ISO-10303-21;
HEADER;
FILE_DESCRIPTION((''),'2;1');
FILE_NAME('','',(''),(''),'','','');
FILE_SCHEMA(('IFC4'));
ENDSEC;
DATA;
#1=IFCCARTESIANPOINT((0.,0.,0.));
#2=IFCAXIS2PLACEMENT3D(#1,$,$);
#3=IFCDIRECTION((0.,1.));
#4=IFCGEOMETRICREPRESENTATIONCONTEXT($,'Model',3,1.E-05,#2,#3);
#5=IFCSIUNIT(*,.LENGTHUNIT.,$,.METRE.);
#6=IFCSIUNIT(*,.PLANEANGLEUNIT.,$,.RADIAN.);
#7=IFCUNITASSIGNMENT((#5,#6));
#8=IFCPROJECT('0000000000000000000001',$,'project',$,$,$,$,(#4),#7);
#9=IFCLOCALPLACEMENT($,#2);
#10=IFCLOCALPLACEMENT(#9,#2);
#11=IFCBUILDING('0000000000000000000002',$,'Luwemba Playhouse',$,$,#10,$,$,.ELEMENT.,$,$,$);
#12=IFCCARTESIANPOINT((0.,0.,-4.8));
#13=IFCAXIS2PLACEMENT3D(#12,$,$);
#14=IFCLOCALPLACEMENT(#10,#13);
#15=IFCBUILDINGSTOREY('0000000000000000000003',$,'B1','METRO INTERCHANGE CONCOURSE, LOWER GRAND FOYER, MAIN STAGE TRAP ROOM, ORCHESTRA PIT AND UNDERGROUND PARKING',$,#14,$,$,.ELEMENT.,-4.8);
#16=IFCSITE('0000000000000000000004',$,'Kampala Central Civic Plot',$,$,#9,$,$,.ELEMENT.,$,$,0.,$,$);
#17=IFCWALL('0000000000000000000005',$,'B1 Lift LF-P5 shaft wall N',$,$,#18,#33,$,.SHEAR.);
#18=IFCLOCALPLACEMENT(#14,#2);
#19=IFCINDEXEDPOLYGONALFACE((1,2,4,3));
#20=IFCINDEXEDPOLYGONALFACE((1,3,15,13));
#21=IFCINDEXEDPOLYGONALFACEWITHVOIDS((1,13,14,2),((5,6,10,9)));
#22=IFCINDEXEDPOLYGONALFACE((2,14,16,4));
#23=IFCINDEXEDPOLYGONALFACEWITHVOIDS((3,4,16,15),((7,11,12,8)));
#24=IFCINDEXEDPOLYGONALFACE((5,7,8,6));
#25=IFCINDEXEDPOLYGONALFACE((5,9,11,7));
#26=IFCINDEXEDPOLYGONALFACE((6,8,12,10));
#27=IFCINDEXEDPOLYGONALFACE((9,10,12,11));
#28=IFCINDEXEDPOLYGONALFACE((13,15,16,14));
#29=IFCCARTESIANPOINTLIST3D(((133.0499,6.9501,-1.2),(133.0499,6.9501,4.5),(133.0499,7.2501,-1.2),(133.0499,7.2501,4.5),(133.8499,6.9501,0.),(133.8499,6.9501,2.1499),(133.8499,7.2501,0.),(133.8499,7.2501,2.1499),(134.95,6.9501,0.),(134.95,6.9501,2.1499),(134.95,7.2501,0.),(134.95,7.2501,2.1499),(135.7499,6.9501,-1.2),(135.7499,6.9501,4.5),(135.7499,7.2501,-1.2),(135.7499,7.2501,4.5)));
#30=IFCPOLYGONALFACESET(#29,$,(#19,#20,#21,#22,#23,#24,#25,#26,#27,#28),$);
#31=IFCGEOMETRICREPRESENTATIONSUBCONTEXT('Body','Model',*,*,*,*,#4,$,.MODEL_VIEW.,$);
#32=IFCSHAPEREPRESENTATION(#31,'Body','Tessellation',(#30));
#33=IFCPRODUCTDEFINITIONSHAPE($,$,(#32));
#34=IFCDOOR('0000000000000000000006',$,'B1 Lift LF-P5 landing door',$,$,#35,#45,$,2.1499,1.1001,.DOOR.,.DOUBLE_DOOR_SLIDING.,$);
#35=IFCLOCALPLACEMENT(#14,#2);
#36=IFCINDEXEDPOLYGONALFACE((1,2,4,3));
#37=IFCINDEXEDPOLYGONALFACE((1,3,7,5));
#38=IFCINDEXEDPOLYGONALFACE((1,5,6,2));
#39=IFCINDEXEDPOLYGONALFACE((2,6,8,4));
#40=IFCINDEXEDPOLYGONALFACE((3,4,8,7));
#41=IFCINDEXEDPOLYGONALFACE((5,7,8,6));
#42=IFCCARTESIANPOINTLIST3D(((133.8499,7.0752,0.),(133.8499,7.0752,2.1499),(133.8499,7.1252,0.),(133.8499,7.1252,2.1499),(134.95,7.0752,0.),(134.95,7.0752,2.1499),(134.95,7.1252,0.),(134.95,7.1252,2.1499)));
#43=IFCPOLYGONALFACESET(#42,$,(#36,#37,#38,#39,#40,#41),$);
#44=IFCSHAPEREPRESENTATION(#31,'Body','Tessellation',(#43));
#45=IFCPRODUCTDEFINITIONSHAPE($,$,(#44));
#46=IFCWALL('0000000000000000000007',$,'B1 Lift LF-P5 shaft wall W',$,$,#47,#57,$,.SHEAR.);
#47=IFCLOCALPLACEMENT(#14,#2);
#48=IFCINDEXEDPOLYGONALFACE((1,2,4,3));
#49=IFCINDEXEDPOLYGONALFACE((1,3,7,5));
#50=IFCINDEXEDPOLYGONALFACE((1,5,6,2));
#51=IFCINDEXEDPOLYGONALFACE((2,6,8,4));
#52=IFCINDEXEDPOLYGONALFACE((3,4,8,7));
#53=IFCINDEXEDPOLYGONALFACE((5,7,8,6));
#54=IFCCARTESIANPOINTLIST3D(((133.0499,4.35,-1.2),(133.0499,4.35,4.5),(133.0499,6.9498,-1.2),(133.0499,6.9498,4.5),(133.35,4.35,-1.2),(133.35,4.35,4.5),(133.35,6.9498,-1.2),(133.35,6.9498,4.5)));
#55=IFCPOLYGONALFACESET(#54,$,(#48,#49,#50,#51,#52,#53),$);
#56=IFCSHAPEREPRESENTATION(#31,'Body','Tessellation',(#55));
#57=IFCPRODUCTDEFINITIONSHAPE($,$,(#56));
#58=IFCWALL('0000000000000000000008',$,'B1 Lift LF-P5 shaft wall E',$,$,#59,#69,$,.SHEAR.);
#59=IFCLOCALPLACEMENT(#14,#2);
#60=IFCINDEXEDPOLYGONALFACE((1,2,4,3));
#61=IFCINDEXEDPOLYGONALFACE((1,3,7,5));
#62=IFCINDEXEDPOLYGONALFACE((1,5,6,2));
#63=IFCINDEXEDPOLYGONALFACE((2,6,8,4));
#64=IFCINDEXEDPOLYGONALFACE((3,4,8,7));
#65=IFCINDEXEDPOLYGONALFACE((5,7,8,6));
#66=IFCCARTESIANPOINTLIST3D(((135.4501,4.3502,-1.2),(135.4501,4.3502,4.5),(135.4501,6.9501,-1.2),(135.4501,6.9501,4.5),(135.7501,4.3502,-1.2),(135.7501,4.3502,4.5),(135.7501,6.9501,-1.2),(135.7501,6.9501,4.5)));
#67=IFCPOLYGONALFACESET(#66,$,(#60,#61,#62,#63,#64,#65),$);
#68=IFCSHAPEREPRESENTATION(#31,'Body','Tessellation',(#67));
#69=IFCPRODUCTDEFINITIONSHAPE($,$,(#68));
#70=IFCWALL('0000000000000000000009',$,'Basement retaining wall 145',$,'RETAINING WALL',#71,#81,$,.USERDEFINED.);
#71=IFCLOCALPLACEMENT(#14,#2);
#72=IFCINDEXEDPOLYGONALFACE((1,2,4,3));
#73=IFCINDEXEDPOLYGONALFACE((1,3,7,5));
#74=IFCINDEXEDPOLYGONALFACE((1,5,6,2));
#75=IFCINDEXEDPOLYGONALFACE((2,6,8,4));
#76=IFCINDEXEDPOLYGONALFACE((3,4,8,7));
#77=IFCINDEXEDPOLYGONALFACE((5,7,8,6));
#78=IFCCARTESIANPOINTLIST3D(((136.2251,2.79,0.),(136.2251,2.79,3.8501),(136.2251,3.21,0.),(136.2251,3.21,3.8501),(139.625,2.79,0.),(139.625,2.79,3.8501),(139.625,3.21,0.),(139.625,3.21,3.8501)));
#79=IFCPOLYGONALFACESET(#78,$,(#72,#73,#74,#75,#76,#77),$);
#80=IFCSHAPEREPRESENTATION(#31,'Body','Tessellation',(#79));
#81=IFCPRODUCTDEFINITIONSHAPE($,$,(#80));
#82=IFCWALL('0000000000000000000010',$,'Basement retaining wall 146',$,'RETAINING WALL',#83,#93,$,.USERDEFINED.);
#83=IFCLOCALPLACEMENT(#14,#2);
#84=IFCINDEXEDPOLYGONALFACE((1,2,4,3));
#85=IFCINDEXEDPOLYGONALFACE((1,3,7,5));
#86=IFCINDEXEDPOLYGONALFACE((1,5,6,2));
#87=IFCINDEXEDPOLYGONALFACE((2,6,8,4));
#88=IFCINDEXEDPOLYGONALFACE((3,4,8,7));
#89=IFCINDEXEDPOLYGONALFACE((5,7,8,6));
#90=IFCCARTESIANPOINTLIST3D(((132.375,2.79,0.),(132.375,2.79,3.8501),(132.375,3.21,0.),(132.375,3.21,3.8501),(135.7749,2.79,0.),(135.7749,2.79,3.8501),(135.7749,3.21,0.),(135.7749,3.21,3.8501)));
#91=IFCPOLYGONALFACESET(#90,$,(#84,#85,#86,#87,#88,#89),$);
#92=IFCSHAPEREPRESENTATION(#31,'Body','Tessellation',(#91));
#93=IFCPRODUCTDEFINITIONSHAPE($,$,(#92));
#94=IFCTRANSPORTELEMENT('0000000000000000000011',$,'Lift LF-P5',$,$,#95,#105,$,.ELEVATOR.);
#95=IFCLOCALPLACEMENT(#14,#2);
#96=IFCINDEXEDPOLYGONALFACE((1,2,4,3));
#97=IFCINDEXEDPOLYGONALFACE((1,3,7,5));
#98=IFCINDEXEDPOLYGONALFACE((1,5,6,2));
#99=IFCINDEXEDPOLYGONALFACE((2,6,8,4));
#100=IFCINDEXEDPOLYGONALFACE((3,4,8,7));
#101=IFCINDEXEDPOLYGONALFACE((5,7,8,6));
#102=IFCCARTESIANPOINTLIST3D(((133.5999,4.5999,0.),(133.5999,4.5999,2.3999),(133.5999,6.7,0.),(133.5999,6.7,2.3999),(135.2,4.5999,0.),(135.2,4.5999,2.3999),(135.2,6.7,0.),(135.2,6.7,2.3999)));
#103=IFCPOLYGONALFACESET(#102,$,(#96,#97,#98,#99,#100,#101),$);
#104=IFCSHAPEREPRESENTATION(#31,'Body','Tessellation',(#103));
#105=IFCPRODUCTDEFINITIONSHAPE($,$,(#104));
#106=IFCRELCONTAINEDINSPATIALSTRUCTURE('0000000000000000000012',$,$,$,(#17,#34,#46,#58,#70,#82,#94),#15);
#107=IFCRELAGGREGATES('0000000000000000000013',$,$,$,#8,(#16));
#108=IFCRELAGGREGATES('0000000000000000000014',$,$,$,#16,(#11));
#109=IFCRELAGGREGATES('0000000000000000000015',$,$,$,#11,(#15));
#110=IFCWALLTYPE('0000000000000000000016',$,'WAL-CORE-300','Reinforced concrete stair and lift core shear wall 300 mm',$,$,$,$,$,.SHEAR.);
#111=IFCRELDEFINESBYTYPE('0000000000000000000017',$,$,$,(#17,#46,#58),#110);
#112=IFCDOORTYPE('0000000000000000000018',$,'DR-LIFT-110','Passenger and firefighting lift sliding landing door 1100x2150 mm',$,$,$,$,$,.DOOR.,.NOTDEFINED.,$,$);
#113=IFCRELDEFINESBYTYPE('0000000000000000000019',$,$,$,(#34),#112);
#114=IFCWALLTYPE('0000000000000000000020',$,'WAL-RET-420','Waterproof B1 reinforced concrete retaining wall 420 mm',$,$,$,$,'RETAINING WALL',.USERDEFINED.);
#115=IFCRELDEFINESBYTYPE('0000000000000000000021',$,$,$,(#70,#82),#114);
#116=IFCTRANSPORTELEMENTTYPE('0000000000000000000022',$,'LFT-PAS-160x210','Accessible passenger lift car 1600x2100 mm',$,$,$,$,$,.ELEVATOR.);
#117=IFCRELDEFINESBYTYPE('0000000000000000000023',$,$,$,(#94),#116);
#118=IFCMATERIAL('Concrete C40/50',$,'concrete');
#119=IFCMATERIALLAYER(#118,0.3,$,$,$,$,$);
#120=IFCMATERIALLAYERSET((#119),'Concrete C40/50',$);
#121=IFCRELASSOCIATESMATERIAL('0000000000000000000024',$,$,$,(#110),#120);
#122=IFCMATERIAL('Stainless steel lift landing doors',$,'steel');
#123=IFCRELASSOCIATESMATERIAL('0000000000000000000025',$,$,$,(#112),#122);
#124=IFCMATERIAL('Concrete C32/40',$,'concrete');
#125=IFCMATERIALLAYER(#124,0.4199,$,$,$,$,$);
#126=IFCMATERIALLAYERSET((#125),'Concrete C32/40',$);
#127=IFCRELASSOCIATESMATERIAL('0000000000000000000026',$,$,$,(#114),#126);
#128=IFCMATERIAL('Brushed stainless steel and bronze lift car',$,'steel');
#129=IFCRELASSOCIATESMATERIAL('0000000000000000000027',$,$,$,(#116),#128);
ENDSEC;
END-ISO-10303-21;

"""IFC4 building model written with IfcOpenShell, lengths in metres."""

from ifc_helpers import new_model, si_unit, direction, frame, frame_2d, origin, origin_2d, place, context, subcontext, project, spatial, rectangle, extrude, material, layer, layer_set, type_object, element, fill, save


model = new_model("IFC4")

# Units and contexts
model_context = context("Model", 3, precision=1e-05, world=origin(), true_north=direction((0.0, 1.0)))
body_context = subcontext(model_context, "Body", "Model", "MODEL_VIEW")
ifc_project = project(units=[si_unit("LENGTHUNIT", "METRE"), si_unit("PLANEANGLEUNIT", "RADIAN")], contexts=[model_context])

# Site, building, storey
site_placement = place(None, origin())
site = spatial("IfcSite", under=ifc_project, at=site_placement, Name="Kampala Central Civic Plot", CompositionType="ELEMENT", RefElevation=0.0)
building_placement = place(site_placement, origin())
building = spatial("IfcBuilding", under=site, at=building_placement, Name="Luwemba Playhouse", CompositionType="ELEMENT")
storey_placement = place(building_placement, frame((0.0, 0.0, -4.8)))
storey = spatial("IfcBuildingStorey", under=building, at=storey_placement, Name="B1", Description="METRO INTERCHANGE CONCOURSE, LOWER GRAND FOYER, MAIN STAGE TRAP ROOM, ORCHESTRA PIT AND UNDERGROUND PARKING", CompositionType="ELEMENT", Elevation=-4.8)

# Shared definitions
ifc_material_1 = material(Name="Concrete C32/40", Category="concrete")

# Shared definitions
ifc_material_2 = material(Name="Concrete C40/50", Category="concrete")

# Shared definitions
ifc_layer_1 = layer(ifc_material_2, 0.3)
ifc_layer_set_1 = layer_set([ifc_layer_1], Name="Concrete C40/50")
wall_type_1 = type_object("IfcWallType", Name="WAL-CORE-300", Description="Reinforced concrete stair and lift core shear wall 300 mm", PredefinedType="SHEAR", material=ifc_layer_set_1)

# Wall, opening, door
wall_1_placement = place(storey_placement, frame((135.75, 7.1001, -1.2), z_axis=(0.0, 0.0, 1.0), x_axis=(-1.0, 0.0, 0.0)))
wall_1 = element("IfcWall", 1, at=wall_1_placement, inside=storey, type_object=wall_type_1, Name="B1 Lift LF-P5 shaft wall N", PredefinedType="SHEAR", context=body_context, shape_type="SweptSolid", body=[
    extrude(rectangle(XDim=2.7, YDim=0.3, at=frame_2d((1.3501, 0.0))), origin(), (0.0, 0.0, 1.0), 5.7),
])
opening_placement = place(wall_1_placement, frame((0.8, 0.0, 1.2)))
opening = element("IfcOpeningElement", 2, at=opening_placement, cuts=wall_1, PredefinedType="OPENING", context=body_context, shape_type="SweptSolid", body=[
    extrude(rectangle(XDim=1.1001, YDim=2.1499, at=frame_2d((0.55, 1.075))), frame((0.0, 0.1599, 0.0), z_axis=(0.0, -1.0, 0.0), x_axis=(1.0, 0.0, 0.0)), (0.0, 0.0, 1.0), 0.3201),
])
ifc_material_3 = material(Name="Stainless steel lift landing doors", Category="steel")
door_type = type_object("IfcDoorType", Name="DR-LIFT-110", Description="Passenger and firefighting lift sliding landing door 1100x2150 mm", OperationType="NOTDEFINED", PredefinedType="DOOR", material=ifc_material_3)
door_placement = place(opening_placement, origin())
door = element("IfcDoor", 3, at=door_placement, inside=storey, type_object=door_type, Name="B1 Lift LF-P5 landing door", OperationType="DOUBLE_DOOR_SLIDING", OverallHeight=2.1499, OverallWidth=1.1001, PredefinedType="DOOR", context=body_context, shape_type="SweptSolid", body=[
    extrude(rectangle(XDim=1.1001, YDim=2.1499, at=frame_2d((0.55, 1.075))), frame((0.0, 0.0249, 0.0), z_axis=(0.0, -1.0, 0.0), x_axis=(1.0, 0.0, 0.0)), (0.0, 0.0, 1.0), 0.05),
])
fill(opening, door)

# Walls
for number, where, z_axis, x_axis, name in (
    (4, (133.2, 4.3501, -1.2), (0.0, 0.0, 1.0), (0.0, 1.0, 0.0), "B1 Lift LF-P5 shaft wall W"),
    (5, (135.6001, 6.95, -1.2), (0.0, 0.0, 1.0), (0.0, -1.0, 0.0), "B1 Lift LF-P5 shaft wall E"),
):
    element("IfcWall", number, at=place(storey_placement, frame(where, z_axis=z_axis, x_axis=x_axis)), inside=storey, type_object=wall_type_1, Name=name, PredefinedType="SHEAR", context=body_context, shape_type="SweptSolid", body=[
        extrude(rectangle(XDim=2.5999, YDim=0.3, at=frame_2d((1.2998, 0.0))), origin(), (0.0, 0.0, 1.0), 5.7),
    ])
ifc_layer_2 = layer(ifc_material_1, 0.4199)
ifc_layer_set_2 = layer_set([ifc_layer_2], Name="Concrete C32/40")
wall_type_2 = type_object("IfcWallType", Name="WAL-RET-420", Description="Waterproof B1 reinforced concrete retaining wall 420 mm", ElementType="RETAINING WALL", PredefinedType="USERDEFINED", material=ifc_layer_set_2)
for number, where, z_axis, x_axis, name in (
    (6, (139.625, 3.0, 0.0), (0.0, 0.0, 1.0), (-1.0, 0.0, 0.0), "Basement retaining wall 145"),
    (7, (135.7749, 3.0, 0.0), (0.0, 0.0, 1.0), (-1.0, 0.0, 0.0), "Basement retaining wall 146"),
):
    element("IfcWall", number, at=place(storey_placement, frame(where, z_axis=z_axis, x_axis=x_axis)), inside=storey, type_object=wall_type_2, Name=name, ObjectType="RETAINING WALL", PredefinedType="USERDEFINED", context=body_context, shape_type="SweptSolid", body=[
        extrude(rectangle(XDim=3.3999, YDim=0.4199, at=frame_2d((1.7, 0.0))), origin(), (0.0, 0.0, 1.0), 3.8501),
    ])

# Transport element
ifc_material_4 = material(Name="Brushed stainless steel and bronze lift car", Category="steel")
transport_element_type = type_object("IfcTransportElementType", Name="LFT-PAS-160x210", Description="Accessible passenger lift car 1600x2100 mm", PredefinedType="ELEVATOR", material=ifc_material_4)
transport_element_placement = place(storey_placement, frame((134.3999, 5.6499, 0.0), z_axis=(0.0, 0.0, 1.0), x_axis=(1.0, 0.0, 0.0)))
element("IfcTransportElement", 8, at=transport_element_placement, inside=storey, type_object=transport_element_type, Name="Lift LF-P5", PredefinedType="ELEVATOR", context=body_context, shape_type="SweptSolid", body=[
    extrude(rectangle(XDim=1.6001, YDim=2.1001, at=origin_2d()), origin(), (0.0, 0.0, 1.0), 2.3999),
])

save(model, "model.ifc")
